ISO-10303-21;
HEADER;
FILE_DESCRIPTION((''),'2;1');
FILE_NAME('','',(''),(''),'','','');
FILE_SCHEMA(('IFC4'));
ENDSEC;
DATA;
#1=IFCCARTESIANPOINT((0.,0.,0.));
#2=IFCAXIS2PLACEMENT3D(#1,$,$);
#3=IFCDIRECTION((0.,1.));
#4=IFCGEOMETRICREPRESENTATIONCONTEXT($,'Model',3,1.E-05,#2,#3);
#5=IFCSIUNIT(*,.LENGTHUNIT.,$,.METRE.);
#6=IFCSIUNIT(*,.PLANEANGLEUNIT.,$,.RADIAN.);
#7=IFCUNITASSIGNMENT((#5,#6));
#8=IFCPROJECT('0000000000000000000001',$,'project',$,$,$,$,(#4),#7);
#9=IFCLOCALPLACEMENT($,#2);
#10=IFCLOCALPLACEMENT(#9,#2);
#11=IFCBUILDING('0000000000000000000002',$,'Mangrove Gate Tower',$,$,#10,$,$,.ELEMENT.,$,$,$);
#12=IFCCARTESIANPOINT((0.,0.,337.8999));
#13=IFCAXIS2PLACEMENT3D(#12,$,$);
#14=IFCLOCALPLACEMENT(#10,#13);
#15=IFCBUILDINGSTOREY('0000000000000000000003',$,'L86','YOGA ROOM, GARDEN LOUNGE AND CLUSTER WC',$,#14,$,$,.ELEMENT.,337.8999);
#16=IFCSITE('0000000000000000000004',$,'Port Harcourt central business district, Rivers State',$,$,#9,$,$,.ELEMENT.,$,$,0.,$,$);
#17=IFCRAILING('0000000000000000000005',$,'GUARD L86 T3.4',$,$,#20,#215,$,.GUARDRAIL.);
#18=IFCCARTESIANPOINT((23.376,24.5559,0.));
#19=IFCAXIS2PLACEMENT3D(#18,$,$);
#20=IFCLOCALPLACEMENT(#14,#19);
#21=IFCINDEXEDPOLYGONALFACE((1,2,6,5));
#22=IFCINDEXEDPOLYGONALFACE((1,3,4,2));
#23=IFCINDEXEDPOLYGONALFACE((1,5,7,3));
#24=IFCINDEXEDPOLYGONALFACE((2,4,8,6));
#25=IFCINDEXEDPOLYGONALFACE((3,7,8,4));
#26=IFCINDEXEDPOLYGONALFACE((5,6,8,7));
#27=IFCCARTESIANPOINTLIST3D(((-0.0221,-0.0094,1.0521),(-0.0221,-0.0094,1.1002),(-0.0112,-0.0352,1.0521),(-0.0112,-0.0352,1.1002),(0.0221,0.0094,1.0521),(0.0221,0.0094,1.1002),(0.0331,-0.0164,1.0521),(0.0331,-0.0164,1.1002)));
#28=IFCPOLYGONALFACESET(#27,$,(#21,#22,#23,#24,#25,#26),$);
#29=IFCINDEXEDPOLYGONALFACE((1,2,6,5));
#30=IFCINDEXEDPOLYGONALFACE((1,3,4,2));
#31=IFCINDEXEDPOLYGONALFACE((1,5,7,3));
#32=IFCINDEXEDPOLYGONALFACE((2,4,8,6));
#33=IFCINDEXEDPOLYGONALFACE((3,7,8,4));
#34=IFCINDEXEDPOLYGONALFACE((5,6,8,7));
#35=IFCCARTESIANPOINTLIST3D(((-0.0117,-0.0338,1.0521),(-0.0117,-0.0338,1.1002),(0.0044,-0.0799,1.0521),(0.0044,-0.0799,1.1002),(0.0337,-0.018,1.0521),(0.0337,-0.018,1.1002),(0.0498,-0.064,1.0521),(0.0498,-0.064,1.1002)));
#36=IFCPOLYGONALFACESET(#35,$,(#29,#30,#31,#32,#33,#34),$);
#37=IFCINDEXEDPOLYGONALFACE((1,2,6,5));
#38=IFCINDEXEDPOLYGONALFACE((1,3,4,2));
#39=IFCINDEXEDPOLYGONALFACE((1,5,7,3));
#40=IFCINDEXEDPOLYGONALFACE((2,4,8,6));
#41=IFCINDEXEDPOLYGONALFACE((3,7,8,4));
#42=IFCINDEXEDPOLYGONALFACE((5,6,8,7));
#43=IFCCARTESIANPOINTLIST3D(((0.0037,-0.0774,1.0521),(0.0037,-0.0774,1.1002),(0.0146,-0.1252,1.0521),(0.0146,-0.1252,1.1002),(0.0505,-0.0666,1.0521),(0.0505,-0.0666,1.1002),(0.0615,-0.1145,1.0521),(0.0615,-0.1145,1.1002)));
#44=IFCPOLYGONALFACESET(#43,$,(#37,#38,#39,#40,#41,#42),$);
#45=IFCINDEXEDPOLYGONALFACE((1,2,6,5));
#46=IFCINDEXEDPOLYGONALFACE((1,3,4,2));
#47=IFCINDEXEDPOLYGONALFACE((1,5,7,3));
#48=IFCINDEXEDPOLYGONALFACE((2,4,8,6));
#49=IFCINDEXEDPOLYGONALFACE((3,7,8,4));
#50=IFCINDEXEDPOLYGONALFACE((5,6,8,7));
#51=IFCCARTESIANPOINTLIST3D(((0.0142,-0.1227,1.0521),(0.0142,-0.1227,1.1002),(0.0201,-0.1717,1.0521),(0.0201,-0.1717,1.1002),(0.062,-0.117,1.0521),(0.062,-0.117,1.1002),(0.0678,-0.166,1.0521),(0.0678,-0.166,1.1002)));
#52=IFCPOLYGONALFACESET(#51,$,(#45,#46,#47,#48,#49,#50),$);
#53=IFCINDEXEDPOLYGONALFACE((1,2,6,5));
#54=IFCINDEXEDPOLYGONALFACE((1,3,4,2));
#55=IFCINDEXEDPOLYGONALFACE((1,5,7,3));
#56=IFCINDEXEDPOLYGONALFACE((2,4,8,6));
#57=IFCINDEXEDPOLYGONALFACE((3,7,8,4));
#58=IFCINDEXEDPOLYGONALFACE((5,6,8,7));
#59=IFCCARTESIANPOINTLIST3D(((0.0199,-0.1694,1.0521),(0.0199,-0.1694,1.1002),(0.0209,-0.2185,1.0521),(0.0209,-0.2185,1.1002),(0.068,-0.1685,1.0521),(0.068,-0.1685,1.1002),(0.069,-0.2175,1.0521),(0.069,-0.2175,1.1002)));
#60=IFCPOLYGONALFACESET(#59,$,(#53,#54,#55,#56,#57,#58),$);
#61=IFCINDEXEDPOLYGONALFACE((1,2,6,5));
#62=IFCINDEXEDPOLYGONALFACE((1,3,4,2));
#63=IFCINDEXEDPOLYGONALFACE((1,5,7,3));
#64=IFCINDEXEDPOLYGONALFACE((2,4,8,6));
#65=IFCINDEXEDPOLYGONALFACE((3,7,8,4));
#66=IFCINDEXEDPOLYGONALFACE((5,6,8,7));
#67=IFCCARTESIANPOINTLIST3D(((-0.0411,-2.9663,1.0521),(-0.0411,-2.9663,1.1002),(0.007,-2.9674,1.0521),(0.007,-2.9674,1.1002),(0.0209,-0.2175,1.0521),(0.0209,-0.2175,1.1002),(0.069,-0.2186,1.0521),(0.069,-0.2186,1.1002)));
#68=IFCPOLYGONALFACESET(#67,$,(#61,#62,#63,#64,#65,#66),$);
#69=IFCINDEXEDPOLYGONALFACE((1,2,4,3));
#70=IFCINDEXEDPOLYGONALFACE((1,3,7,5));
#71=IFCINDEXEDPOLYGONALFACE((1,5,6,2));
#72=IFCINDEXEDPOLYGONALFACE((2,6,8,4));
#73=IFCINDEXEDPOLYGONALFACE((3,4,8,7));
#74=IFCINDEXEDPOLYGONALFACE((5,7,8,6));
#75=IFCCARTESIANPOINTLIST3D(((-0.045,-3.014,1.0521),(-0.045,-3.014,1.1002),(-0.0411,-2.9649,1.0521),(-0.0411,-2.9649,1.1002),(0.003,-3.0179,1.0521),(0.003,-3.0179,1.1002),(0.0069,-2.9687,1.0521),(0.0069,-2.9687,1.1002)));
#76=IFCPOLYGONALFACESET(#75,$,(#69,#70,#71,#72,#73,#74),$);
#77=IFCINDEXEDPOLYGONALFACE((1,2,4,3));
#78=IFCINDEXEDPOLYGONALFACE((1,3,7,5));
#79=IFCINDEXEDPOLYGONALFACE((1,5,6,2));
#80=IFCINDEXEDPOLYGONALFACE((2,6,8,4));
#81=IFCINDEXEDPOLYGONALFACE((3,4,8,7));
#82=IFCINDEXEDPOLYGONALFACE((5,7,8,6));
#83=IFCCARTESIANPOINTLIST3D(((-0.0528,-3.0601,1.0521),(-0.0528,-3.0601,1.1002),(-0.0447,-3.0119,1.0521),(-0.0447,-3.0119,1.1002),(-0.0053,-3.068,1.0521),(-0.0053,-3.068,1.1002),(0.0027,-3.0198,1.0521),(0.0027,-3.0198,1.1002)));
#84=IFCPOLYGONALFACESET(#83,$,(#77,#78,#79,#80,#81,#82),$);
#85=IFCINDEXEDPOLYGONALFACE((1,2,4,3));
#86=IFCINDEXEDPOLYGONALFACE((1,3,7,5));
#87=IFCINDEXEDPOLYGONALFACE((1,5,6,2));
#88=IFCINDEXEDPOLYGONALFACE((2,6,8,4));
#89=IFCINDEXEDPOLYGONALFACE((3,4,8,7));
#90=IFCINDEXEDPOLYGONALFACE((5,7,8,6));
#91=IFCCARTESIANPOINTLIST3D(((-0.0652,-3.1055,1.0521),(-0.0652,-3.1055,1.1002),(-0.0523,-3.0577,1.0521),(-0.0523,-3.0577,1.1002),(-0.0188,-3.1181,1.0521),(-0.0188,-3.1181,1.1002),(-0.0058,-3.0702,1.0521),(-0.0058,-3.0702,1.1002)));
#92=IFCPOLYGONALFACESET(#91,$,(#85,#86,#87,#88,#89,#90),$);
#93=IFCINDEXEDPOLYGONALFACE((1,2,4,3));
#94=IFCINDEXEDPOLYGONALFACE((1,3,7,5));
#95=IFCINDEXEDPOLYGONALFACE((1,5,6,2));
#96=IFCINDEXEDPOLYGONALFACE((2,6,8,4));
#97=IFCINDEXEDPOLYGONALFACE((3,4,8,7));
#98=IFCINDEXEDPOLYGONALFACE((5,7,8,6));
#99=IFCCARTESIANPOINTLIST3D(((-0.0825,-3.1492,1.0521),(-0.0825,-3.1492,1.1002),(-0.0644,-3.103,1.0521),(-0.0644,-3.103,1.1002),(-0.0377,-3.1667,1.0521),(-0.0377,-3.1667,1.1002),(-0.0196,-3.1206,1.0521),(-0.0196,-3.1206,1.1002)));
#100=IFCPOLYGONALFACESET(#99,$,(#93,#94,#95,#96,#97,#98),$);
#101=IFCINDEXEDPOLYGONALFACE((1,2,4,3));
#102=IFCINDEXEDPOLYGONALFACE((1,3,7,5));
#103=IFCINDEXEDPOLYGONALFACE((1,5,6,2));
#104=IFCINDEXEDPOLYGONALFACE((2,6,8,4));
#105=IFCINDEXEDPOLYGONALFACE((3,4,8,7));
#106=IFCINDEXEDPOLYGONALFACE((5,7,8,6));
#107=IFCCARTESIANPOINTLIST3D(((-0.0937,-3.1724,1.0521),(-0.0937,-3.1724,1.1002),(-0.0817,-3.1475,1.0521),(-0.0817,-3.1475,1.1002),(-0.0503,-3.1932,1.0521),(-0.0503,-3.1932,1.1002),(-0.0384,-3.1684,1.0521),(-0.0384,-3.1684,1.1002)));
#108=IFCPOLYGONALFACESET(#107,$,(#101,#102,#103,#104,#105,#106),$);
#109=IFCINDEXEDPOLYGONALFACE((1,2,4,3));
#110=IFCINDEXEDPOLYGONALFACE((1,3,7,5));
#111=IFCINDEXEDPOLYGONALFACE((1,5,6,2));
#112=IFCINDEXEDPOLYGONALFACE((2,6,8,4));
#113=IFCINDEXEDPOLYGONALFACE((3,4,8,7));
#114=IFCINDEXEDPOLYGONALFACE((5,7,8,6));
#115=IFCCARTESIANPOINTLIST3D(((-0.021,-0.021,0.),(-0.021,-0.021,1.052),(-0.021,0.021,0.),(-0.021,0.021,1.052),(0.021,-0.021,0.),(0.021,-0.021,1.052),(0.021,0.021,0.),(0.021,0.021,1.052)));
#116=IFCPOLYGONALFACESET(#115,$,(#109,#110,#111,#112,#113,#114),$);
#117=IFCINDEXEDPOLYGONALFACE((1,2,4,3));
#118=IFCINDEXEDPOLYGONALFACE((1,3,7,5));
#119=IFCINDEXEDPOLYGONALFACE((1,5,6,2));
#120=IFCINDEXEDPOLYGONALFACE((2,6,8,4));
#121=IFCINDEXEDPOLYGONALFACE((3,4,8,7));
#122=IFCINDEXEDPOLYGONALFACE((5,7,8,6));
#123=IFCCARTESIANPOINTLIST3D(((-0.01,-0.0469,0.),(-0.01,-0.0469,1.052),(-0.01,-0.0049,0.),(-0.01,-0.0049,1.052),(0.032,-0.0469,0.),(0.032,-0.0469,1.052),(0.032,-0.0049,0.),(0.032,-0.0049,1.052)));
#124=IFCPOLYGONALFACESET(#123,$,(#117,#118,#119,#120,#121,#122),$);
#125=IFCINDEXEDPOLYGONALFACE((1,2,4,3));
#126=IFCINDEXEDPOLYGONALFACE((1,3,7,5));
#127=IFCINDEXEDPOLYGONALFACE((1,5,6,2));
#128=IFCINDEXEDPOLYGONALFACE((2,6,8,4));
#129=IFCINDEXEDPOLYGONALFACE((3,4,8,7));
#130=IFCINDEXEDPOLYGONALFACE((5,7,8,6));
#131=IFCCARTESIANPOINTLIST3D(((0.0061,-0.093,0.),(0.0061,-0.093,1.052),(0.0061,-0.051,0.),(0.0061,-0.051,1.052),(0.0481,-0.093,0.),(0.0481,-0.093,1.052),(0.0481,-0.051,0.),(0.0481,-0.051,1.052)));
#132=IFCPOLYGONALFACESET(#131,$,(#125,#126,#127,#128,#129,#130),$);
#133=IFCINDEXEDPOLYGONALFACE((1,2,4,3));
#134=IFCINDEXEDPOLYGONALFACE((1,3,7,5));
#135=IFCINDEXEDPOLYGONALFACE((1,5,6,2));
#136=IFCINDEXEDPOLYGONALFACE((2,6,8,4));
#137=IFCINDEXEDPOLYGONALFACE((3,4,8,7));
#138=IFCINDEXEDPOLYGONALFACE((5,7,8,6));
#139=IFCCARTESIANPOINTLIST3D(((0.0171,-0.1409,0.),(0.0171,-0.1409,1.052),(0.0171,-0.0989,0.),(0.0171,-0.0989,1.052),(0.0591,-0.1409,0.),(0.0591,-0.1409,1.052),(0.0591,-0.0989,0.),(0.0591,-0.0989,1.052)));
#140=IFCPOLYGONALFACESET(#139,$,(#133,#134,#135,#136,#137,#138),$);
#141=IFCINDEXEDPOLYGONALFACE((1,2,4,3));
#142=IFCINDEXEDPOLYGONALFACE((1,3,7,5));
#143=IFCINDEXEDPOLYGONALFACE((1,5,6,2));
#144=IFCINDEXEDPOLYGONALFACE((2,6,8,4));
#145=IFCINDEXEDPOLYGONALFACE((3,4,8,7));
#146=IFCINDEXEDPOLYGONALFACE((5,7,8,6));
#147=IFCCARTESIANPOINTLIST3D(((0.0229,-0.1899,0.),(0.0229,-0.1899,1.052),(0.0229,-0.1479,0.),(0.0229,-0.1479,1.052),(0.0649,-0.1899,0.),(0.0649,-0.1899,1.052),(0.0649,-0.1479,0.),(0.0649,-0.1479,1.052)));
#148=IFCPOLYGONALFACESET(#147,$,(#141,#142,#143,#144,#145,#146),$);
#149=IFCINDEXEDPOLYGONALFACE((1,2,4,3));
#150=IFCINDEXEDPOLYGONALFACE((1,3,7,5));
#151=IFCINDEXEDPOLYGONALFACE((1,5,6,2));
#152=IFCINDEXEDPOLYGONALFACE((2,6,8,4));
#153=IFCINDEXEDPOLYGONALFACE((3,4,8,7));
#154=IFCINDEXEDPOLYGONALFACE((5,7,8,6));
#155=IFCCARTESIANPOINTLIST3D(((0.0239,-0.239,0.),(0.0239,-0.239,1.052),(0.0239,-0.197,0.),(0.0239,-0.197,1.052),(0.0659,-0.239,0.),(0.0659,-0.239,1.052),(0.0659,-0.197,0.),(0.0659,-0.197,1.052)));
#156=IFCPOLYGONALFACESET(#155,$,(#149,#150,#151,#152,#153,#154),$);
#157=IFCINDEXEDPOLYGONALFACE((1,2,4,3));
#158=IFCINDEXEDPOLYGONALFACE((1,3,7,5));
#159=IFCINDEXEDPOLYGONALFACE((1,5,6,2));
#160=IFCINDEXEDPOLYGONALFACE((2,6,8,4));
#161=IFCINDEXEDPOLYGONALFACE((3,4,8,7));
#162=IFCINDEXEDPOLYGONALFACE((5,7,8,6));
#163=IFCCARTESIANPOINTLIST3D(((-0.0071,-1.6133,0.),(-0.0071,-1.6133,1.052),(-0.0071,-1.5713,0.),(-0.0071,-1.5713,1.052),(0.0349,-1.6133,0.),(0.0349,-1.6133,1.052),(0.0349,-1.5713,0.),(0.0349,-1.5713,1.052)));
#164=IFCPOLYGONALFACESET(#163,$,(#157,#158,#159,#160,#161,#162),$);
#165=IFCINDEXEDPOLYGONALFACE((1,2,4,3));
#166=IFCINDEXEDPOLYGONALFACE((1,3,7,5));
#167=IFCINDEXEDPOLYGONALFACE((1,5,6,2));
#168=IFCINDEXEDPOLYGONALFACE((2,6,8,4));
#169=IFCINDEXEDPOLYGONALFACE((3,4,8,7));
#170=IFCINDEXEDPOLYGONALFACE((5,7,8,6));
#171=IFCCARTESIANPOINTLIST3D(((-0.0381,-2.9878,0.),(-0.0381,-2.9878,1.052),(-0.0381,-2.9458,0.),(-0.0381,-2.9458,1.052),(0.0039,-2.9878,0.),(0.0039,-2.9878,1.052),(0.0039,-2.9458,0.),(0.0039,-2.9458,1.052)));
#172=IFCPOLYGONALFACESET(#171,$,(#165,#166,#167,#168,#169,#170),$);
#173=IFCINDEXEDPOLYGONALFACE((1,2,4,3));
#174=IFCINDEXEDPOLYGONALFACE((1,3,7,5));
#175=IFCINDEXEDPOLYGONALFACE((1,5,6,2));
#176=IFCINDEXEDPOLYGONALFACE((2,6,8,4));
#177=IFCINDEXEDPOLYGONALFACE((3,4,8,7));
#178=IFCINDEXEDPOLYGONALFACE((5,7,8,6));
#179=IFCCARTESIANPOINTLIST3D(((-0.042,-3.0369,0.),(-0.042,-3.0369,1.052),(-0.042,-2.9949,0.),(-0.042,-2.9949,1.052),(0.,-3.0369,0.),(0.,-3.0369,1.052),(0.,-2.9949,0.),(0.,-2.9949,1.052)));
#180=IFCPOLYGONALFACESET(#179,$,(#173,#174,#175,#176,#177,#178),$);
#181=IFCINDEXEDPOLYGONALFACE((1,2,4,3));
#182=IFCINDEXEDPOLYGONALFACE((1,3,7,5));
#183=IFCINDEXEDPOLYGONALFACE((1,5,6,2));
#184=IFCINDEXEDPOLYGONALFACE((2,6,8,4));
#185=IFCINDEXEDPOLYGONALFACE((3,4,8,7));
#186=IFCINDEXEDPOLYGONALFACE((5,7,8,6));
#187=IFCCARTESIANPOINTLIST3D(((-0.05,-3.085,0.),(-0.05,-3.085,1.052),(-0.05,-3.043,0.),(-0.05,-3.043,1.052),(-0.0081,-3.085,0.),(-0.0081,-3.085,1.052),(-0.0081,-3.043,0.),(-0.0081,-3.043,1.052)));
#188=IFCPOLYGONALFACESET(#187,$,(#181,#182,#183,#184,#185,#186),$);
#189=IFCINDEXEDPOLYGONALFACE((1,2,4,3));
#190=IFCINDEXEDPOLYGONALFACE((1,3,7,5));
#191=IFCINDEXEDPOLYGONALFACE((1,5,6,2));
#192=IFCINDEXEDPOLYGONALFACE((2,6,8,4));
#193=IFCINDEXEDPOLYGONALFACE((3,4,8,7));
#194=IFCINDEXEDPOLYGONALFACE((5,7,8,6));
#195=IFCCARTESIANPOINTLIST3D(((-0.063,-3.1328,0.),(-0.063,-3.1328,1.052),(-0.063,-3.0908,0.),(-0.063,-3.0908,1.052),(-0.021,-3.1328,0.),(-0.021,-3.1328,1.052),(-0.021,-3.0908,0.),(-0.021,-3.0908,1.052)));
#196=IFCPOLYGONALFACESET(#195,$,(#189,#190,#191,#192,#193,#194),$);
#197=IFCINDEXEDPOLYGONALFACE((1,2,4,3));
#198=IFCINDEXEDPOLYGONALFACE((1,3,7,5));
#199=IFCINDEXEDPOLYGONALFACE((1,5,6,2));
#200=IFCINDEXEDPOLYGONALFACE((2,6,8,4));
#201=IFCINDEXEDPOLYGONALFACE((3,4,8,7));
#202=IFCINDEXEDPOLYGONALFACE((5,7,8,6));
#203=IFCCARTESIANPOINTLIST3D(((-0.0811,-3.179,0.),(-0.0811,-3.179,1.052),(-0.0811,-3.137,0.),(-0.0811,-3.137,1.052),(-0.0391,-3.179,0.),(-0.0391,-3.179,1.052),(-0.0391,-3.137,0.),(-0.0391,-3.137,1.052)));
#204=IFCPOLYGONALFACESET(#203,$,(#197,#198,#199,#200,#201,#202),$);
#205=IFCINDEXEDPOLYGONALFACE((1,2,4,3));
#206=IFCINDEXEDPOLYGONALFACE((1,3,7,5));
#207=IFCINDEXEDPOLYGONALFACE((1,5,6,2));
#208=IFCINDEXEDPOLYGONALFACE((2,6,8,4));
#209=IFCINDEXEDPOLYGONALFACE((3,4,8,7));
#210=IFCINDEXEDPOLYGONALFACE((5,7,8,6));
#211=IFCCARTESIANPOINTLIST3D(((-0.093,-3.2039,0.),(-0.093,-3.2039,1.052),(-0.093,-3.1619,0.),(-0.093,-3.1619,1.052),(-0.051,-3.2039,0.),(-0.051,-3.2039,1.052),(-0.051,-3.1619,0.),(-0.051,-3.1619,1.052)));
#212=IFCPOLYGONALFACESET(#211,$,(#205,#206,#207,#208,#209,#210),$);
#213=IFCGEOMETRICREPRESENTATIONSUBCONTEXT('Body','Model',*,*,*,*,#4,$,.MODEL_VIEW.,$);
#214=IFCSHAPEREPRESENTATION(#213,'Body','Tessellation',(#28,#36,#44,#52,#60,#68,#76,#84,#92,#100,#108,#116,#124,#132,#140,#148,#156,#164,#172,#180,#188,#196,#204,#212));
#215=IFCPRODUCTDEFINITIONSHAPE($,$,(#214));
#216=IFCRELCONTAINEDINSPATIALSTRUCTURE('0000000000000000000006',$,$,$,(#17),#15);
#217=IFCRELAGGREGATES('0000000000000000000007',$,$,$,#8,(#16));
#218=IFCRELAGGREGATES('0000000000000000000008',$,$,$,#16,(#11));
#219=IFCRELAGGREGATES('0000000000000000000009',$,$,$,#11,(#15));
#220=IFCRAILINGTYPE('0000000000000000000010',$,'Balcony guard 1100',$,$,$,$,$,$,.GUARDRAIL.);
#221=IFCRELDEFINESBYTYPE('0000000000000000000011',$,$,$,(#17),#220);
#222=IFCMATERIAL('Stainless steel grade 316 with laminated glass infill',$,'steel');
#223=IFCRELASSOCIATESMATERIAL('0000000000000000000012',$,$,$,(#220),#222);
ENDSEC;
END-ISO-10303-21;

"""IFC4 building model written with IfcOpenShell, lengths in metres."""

from ifc_helpers import new_model, si_unit, direction, frame, origin, origin_2d, place, context, subcontext, project, spatial, rectangle, extrude, material, type_object, element, save


model = new_model("IFC4")

# Units and contexts
model_context = context("Model", 3, precision=1e-05, world=origin(), true_north=direction((0.0, 1.0)))
body_context = subcontext(model_context, "Body", "Model", "MODEL_VIEW")
ifc_project = project(units=[si_unit("LENGTHUNIT", "METRE"), si_unit("PLANEANGLEUNIT", "RADIAN")], contexts=[model_context])

# Site, building, storey
site_placement = place(None, origin())
site = spatial("IfcSite", under=ifc_project, at=site_placement, Name="Port Harcourt central business district, Rivers State", CompositionType="ELEMENT", RefElevation=0.0)
building_placement = place(site_placement, origin())
building = spatial("IfcBuilding", under=site, at=building_placement, Name="Mangrove Gate Tower", CompositionType="ELEMENT")
storey_placement = place(building_placement, frame((0.0, 0.0, 337.8999)))
storey = spatial("IfcBuildingStorey", under=building, at=storey_placement, Name="L86", Description="YOGA ROOM, GARDEN LOUNGE AND CLUSTER WC", CompositionType="ELEMENT", Elevation=337.8999)

# Railing
ifc_material_1 = material(Name="Stainless steel grade 316 with laminated glass infill", Category="steel")
railing_type = type_object("IfcRailingType", Name="Balcony guard 1100", PredefinedType="GUARDRAIL", material=ifc_material_1)
railing_1_placement = place(storey_placement, frame((23.376, 24.5559, 0.0)))
element("IfcRailing", 1, at=railing_1_placement, inside=storey, type_object=railing_type, Name="GUARD L86 T3.4", PredefinedType="GUARDRAIL", context=body_context, shape_type="SweptSolid", body=[
    extrude(rectangle(XDim=0.0481, YDim=0.0481, at=origin_2d()), frame((0.0, 0.0, 1.0762), z_axis=(0.390773, -0.920487, 0.0), x_axis=(0.920487, 0.390773, 0.0)), (0.0, 0.0, 1.0), 0.0281),
    extrude(rectangle(XDim=0.0481, YDim=0.0481, at=origin_2d()), frame((0.011, -0.0259, 1.0762), z_axis=(0.329683, -0.944092, 0.0), x_axis=(0.944092, 0.329683, 0.0)), (0.0, 0.0, 1.0), 0.0488),
    extrude(rectangle(XDim=0.0481, YDim=0.0481, at=origin_2d()), frame((0.0271, -0.072, 1.0762), z_axis=(0.22377, -0.974642, 0.0), x_axis=(0.974642, 0.22377, 0.0)), (0.0, 0.0, 1.0), 0.0491),
    extrude(rectangle(XDim=0.0481, YDim=0.0481, at=origin_2d()), frame((0.0381, -0.1199, 1.0762), z_axis=(0.118561, -0.992947, 0.0), x_axis=(0.992947, 0.118561, 0.0)), (0.0, 0.0, 1.0), 0.0493),
    extrude(rectangle(XDim=0.0481, YDim=0.0481, at=origin_2d()), frame((0.0439, -0.1689, 1.0762), z_axis=(0.019897, -0.999802, 0.0), x_axis=(0.999802, 0.019897, 0.0)), (0.0, 0.0, 1.0), 0.0491),
    extrude(rectangle(XDim=0.0481, YDim=0.0481, at=origin_2d()), frame((0.0449, -0.218, 1.0762), z_axis=(-0.022554, -0.999746, 0.0), x_axis=(0.999746, -0.022554, 0.0)), (0.0, 0.0, 1.0), 2.7495),
    extrude(rectangle(XDim=0.0481, YDim=0.0481, at=origin_2d()), frame((-0.0171, -2.9668, 1.0762), z_axis=(-0.079351, -0.996847, 0.0), x_axis=(0.996847, -0.079351, 0.0)), (0.0, 0.0, 1.0), 0.0493),
    extrude(rectangle(XDim=0.0481, YDim=0.0481, at=origin_2d()), frame((-0.021, -3.0159, 1.0762), z_axis=(-0.165211, -0.986258, 0.0), x_axis=(0.986258, -0.165211, 0.0)), (0.0, 0.0, 1.0), 0.0488),
    extrude(rectangle(XDim=0.0481, YDim=0.0481, at=origin_2d()), frame((-0.0291, -3.064, 1.0762), z_axis=(-0.261033, -0.96533, 0.0), x_axis=(0.96533, -0.261033, 0.0)), (0.0, 0.0, 1.0), 0.0496),
    extrude(rectangle(XDim=0.0481, YDim=0.0481, at=origin_2d()), frame((-0.042, -3.1118, 1.0762), z_axis=(-0.364585, -0.93117, 0.0), x_axis=(0.93117, -0.364585, 0.0)), (0.0, 0.0, 1.0), 0.0496),
    extrude(rectangle(XDim=0.0481, YDim=0.0481, at=origin_2d()), frame((-0.0601, -3.158, 1.0762), z_axis=(-0.433018, -0.901385, 0.0), x_axis=(0.901385, -0.433018, 0.0)), (0.0, 0.0, 1.0), 0.0276),
    extrude(rectangle(XDim=0.042, YDim=0.042, at=origin_2d()), origin(), (0.0, 0.0, 1.0), 1.052),
    extrude(rectangle(XDim=0.042, YDim=0.042, at=origin_2d()), frame((0.011, -0.0259, 0.0)), (0.0, 0.0, 1.0), 1.052),
    extrude(rectangle(XDim=0.042, YDim=0.042, at=origin_2d()), frame((0.0271, -0.072, 0.0)), (0.0, 0.0, 1.0), 1.052),
    extrude(rectangle(XDim=0.042, YDim=0.042, at=origin_2d()), frame((0.0381, -0.1199, 0.0)), (0.0, 0.0, 1.0), 1.052),
    extrude(rectangle(XDim=0.042, YDim=0.042, at=origin_2d()), frame((0.0439, -0.1689, 0.0)), (0.0, 0.0, 1.0), 1.052),
    extrude(rectangle(XDim=0.042, YDim=0.042, at=origin_2d()), frame((0.0449, -0.218, 0.0)), (0.0, 0.0, 1.0), 1.052),
    extrude(rectangle(XDim=0.042, YDim=0.042, at=origin_2d()), frame((0.0139, -1.5923, 0.0)), (0.0, 0.0, 1.0), 1.052),
    extrude(rectangle(XDim=0.042, YDim=0.042, at=origin_2d()), frame((-0.0171, -2.9668, 0.0)), (0.0, 0.0, 1.0), 1.052),
    extrude(rectangle(XDim=0.042, YDim=0.042, at=origin_2d()), frame((-0.021, -3.0159, 0.0)), (0.0, 0.0, 1.0), 1.052),
    extrude(rectangle(XDim=0.042, YDim=0.042, at=origin_2d()), frame((-0.0291, -3.064, 0.0)), (0.0, 0.0, 1.0), 1.052),
    extrude(rectangle(XDim=0.042, YDim=0.042, at=origin_2d()), frame((-0.042, -3.1118, 0.0)), (0.0, 0.0, 1.0), 1.052),
    extrude(rectangle(XDim=0.042, YDim=0.042, at=origin_2d()), frame((-0.0601, -3.158, 0.0)), (0.0, 0.0, 1.0), 1.052),
    extrude(rectangle(XDim=0.042, YDim=0.042, at=origin_2d()), frame((-0.072, -3.1829, 0.0)), (0.0, 0.0, 1.0), 1.052),
])

save(model, "model.ifc")
